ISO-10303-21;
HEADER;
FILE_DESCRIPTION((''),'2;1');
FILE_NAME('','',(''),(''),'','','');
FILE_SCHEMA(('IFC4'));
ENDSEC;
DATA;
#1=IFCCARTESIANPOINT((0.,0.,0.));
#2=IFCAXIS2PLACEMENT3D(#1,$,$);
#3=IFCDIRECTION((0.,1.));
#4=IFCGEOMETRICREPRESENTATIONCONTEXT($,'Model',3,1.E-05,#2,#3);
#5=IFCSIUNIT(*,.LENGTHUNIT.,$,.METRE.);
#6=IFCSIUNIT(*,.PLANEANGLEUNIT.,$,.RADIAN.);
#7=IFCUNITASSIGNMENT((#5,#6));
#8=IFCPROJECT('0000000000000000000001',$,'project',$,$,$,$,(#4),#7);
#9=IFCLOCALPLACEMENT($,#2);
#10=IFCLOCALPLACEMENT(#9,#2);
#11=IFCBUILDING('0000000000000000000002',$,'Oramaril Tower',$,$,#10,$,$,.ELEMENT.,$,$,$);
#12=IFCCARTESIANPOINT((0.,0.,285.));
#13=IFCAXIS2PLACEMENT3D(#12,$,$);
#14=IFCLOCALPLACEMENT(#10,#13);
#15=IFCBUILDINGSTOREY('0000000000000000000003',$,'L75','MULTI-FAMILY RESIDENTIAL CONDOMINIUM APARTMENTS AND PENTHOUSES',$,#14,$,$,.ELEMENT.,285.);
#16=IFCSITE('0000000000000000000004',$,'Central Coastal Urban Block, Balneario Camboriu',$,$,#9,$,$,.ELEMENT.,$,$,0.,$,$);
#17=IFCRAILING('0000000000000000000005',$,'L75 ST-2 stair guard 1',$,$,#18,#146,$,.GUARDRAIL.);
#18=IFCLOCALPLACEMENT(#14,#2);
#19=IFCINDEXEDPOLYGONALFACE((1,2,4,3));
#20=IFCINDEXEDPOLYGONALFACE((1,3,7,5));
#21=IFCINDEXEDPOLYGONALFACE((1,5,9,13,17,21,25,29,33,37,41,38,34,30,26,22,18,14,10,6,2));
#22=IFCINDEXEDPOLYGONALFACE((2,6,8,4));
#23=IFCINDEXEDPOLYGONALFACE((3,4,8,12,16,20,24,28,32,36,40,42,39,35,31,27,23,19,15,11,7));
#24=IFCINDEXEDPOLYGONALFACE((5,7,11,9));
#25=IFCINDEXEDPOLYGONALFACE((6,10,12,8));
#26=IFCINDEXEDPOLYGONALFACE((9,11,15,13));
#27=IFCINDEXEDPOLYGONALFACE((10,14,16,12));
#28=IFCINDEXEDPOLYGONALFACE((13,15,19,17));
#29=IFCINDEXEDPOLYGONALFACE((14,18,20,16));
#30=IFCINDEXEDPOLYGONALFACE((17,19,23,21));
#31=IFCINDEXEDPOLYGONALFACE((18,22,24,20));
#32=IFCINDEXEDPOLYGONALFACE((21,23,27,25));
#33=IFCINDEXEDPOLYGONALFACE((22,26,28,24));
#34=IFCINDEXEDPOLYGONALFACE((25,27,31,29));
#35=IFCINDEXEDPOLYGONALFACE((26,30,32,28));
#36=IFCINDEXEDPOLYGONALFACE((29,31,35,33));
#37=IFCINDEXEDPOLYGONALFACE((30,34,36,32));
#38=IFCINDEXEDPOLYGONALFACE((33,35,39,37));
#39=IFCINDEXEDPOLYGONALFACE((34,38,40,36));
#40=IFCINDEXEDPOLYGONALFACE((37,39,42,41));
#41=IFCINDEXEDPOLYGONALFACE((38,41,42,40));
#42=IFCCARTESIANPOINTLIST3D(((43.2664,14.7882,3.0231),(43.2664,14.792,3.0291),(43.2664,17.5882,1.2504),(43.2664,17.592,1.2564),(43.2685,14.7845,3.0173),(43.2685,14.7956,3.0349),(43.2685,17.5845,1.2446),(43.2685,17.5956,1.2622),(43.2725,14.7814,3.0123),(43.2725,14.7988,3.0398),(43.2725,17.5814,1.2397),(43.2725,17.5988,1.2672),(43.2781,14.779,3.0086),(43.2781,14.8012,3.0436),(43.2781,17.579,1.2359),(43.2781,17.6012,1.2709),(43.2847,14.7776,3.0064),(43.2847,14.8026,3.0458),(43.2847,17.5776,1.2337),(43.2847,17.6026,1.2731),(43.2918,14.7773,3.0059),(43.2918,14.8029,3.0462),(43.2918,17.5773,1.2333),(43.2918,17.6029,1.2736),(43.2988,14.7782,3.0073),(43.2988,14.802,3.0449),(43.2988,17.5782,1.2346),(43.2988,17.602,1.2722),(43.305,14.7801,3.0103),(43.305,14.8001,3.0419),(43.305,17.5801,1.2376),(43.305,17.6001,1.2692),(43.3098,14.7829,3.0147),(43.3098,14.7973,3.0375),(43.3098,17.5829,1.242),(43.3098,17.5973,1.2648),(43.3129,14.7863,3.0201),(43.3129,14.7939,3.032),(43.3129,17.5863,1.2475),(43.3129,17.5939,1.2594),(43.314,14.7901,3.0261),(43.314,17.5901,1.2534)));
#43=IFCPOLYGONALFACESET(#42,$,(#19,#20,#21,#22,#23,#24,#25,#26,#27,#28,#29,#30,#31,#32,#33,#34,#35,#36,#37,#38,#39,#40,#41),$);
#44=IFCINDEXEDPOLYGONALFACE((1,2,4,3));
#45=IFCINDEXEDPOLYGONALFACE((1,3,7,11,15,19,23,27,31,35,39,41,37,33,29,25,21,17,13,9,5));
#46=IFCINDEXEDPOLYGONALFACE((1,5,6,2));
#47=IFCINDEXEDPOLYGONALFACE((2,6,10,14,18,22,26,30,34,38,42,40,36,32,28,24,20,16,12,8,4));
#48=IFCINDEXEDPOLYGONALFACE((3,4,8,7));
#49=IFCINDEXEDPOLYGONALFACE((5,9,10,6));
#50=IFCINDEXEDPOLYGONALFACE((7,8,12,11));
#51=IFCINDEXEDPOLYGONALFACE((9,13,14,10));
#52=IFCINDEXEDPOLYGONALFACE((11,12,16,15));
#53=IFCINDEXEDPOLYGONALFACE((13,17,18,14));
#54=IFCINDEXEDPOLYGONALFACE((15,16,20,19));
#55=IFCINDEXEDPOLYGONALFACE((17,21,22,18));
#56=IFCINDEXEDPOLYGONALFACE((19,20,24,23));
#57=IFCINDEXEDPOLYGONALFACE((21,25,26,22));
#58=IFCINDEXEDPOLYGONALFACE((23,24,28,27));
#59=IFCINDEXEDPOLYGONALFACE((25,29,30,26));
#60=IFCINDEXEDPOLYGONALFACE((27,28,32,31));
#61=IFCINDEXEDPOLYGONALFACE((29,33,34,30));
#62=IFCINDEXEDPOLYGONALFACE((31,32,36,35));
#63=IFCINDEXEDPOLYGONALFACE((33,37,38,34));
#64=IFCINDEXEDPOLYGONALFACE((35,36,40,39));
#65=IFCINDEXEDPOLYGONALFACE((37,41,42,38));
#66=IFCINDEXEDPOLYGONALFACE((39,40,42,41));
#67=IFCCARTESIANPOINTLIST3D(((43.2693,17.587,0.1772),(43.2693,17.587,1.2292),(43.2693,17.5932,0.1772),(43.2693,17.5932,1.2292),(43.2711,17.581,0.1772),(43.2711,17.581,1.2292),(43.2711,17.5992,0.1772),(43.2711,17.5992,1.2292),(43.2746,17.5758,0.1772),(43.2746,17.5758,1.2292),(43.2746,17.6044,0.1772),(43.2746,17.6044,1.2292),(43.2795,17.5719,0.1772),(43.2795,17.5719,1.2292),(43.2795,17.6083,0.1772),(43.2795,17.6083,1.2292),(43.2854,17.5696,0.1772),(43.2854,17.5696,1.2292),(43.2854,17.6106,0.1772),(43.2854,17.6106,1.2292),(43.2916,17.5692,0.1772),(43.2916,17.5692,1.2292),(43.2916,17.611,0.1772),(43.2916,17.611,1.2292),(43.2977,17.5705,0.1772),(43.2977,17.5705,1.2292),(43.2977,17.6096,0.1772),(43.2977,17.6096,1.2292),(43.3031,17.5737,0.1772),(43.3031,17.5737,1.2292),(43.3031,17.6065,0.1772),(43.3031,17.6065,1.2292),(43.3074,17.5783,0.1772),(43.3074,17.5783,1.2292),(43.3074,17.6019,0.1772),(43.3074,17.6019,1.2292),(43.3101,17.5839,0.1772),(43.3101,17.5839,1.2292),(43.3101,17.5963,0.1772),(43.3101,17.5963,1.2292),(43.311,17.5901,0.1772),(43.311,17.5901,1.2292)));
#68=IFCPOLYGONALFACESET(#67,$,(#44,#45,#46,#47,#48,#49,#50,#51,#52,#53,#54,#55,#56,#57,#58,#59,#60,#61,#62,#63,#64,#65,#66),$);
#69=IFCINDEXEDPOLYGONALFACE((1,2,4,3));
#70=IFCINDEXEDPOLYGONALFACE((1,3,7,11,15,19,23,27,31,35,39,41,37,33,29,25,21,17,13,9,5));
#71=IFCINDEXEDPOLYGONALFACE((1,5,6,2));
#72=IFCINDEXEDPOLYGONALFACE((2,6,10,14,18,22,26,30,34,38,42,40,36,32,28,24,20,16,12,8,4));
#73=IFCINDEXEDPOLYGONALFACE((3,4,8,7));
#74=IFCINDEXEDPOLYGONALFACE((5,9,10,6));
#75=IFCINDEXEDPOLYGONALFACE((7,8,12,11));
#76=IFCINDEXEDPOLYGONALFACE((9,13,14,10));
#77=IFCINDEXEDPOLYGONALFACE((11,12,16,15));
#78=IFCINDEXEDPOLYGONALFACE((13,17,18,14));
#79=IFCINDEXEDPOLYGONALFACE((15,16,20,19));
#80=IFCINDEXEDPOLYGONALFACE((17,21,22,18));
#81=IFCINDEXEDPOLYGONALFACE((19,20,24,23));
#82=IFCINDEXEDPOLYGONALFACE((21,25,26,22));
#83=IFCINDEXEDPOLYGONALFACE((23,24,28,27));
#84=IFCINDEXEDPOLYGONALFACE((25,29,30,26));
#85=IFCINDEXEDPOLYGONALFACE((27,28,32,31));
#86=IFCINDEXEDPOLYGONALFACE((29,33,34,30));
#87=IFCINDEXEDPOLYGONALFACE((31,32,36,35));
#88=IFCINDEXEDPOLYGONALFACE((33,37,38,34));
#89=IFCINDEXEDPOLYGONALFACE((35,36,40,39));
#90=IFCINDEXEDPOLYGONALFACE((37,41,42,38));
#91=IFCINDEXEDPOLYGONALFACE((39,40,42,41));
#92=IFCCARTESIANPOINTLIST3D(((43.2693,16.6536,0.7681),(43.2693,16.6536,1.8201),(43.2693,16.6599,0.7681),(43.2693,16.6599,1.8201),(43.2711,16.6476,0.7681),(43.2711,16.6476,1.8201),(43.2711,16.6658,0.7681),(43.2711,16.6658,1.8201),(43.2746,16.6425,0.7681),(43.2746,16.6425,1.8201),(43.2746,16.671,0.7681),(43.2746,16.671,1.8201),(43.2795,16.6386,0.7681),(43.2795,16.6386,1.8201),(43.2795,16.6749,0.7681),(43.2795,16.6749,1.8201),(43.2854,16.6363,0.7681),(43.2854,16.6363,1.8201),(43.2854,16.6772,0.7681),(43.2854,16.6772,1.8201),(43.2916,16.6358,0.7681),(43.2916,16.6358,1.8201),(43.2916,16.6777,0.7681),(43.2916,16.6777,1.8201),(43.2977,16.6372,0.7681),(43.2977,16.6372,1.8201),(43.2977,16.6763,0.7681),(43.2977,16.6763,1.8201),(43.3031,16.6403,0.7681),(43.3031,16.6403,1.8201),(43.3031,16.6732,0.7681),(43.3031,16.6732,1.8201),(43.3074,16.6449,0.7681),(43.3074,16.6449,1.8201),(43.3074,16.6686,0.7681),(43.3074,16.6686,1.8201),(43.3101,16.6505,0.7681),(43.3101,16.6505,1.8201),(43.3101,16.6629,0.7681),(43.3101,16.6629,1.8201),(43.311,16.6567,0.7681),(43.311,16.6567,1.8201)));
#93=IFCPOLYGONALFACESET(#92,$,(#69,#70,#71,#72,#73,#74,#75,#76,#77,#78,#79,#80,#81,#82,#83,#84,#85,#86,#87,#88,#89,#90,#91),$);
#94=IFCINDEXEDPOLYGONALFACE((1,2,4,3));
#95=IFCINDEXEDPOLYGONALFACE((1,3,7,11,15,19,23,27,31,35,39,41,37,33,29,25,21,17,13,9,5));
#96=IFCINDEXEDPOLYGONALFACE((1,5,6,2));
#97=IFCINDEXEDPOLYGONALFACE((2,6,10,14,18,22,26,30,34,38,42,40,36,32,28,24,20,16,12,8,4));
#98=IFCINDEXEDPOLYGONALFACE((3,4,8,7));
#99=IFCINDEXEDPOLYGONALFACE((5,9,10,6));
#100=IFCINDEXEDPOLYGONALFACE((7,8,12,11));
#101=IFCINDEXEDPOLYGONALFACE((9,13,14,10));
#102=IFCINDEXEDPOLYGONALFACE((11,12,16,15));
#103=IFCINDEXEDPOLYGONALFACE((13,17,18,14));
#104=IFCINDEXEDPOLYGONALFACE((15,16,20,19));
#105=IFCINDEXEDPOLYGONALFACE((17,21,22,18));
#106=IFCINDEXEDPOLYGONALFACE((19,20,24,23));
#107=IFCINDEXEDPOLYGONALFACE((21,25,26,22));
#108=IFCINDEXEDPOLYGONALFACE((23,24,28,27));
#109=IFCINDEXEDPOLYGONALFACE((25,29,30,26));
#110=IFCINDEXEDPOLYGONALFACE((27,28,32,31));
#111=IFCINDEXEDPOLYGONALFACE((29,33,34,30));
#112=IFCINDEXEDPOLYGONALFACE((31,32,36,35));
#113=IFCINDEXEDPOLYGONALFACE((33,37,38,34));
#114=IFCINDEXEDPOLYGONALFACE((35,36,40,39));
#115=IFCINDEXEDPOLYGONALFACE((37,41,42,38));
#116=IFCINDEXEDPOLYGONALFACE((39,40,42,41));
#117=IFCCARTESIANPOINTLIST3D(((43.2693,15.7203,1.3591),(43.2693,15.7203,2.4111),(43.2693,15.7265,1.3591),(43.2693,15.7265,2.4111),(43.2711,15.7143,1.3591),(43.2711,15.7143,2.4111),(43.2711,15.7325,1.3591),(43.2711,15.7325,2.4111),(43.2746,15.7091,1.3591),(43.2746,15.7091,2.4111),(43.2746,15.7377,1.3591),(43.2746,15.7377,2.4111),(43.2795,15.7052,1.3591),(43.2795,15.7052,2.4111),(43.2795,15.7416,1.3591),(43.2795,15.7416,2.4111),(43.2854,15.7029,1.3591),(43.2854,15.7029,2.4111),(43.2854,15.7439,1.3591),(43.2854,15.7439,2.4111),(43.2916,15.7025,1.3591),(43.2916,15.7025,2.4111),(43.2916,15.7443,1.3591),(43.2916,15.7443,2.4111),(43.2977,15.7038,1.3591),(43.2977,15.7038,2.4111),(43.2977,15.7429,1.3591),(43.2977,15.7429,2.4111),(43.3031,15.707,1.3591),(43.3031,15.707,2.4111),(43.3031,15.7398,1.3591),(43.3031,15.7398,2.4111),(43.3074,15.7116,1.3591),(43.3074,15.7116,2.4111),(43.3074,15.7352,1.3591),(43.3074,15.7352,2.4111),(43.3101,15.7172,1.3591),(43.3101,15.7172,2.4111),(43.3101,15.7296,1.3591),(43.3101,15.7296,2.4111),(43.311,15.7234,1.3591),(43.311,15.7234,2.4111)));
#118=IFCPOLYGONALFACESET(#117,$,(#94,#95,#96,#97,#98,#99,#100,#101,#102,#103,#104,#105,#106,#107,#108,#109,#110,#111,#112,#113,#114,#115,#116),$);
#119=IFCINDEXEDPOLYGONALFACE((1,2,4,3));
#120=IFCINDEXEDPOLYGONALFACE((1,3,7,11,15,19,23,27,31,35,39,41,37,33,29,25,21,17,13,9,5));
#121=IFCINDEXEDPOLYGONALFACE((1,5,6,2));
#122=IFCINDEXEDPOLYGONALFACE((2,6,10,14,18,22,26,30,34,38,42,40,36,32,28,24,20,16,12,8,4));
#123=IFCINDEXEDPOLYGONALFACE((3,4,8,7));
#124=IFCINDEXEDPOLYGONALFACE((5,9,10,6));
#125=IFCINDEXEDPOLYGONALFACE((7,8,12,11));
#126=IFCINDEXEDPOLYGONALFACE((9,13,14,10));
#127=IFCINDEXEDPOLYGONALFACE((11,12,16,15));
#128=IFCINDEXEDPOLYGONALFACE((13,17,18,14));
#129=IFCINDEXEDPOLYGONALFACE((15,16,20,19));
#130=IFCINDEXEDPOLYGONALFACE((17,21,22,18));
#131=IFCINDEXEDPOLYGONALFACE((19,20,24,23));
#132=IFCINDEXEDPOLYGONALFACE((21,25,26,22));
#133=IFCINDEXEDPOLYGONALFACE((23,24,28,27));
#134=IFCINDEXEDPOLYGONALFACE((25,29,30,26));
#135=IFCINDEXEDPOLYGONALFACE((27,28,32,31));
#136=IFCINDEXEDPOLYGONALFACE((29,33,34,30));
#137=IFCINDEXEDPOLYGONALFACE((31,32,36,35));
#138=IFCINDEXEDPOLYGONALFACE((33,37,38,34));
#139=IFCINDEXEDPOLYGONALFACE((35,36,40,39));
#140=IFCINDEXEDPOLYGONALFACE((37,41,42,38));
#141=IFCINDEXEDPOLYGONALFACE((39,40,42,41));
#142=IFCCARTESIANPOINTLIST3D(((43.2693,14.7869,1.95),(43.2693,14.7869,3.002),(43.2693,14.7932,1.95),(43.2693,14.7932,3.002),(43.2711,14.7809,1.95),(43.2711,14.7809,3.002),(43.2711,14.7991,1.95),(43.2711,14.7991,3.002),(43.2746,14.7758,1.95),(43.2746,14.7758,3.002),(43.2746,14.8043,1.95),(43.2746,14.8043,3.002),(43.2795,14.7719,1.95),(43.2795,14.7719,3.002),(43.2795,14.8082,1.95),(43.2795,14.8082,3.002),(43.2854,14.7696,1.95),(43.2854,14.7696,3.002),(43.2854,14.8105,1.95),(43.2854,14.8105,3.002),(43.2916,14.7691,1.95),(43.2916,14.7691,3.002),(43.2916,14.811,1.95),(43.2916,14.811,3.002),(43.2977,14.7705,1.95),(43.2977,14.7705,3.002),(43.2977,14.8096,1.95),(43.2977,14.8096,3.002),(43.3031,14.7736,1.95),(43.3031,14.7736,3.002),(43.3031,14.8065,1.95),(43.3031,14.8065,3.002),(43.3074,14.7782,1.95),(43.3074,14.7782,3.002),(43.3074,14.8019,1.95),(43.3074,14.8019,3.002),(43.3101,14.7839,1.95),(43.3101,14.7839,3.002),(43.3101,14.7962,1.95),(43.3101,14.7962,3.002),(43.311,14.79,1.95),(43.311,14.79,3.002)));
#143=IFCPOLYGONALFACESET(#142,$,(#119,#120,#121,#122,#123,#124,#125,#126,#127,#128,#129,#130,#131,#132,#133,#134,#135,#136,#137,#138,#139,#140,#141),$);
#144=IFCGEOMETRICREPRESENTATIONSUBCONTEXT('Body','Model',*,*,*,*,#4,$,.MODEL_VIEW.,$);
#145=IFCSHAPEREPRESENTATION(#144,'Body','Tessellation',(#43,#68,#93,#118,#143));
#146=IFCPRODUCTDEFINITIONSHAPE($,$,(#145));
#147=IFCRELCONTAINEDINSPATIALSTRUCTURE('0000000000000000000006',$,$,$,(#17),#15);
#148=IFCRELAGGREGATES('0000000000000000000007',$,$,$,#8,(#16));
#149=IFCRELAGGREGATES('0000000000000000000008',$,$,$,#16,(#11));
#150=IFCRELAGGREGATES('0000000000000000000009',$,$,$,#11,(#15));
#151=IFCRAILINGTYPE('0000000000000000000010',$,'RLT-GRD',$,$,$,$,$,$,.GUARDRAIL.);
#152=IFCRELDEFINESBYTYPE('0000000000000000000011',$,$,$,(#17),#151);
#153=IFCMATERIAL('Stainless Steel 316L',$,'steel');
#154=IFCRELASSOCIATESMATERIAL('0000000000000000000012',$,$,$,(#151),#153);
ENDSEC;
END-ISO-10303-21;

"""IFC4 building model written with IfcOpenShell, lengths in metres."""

from ifc_helpers import new_model, si_unit, direction, frame, origin, origin_2d, place, context, subcontext, project, spatial, circle, extrude, material, type_object, element, save


model = new_model("IFC4")

# Units and contexts
model_context = context("Model", 3, precision=1e-05, world=origin(), true_north=direction((0.0, 1.0)))
body_context = subcontext(model_context, "Body", "Model", "MODEL_VIEW")
ifc_project = project(units=[si_unit("LENGTHUNIT", "METRE"), si_unit("PLANEANGLEUNIT", "RADIAN")], contexts=[model_context])

# Site, building, storey
site_placement = place(None, origin())
site = spatial("IfcSite", under=ifc_project, at=site_placement, Name="Central Coastal Urban Block, Balneario Camboriu", CompositionType="ELEMENT", RefElevation=0.0)
building_placement = place(site_placement, origin())
building = spatial("IfcBuilding", under=site, at=building_placement, Name="Oramaril Tower", CompositionType="ELEMENT")
storey_placement = place(building_placement, frame((0.0, 0.0, 285.0)))
storey = spatial("IfcBuildingStorey", under=building, at=storey_placement, Name="L75", Description="MULTI-FAMILY RESIDENTIAL CONDOMINIUM APARTMENTS AND PENTHOUSES", CompositionType="ELEMENT", Elevation=285.0)

# Railing
ifc_material_1 = material(Name="Stainless Steel 316L", Category="steel")
railing_type_1 = type_object("IfcRailingType", Name="RLT-GRD", PredefinedType="GUARDRAIL", material=ifc_material_1)
railing_1_placement = place(storey_placement, frame((43.29, 17.5901, 0.1772)))
element("IfcRailing", 1, at=railing_1_placement, inside=storey, type_object=railing_type_1, Name="L75 ST-2 stair guard 1", PredefinedType="GUARDRAIL", context=body_context, shape_type="SweptSolid", body=[
    extrude(circle(Radius=0.0239, at=origin_2d()), frame((0.0, 0.0, 1.0762), z_axis=(0.0, -0.844909, 0.53491), x_axis=(1.0, 0.0, 0.0)), (0.0, 0.0, 1.0), 3.314),
    extrude(circle(Radius=0.021, at=origin_2d()), origin(), (0.0, 0.0, 1.0), 1.052),
    extrude(circle(Radius=0.021, at=origin_2d()), frame((0.0, -0.9333, 0.5908)), (0.0, 0.0, 1.0), 1.052),
    extrude(circle(Radius=0.021, at=origin_2d()), frame((0.0, -1.8667, 1.1819)), (0.0, 0.0, 1.0), 1.052),
    extrude(circle(Radius=0.021, at=origin_2d()), frame((0.0, -2.8, 1.7727)), (0.0, 0.0, 1.0), 1.052),
])

save(model, "model.ifc")
